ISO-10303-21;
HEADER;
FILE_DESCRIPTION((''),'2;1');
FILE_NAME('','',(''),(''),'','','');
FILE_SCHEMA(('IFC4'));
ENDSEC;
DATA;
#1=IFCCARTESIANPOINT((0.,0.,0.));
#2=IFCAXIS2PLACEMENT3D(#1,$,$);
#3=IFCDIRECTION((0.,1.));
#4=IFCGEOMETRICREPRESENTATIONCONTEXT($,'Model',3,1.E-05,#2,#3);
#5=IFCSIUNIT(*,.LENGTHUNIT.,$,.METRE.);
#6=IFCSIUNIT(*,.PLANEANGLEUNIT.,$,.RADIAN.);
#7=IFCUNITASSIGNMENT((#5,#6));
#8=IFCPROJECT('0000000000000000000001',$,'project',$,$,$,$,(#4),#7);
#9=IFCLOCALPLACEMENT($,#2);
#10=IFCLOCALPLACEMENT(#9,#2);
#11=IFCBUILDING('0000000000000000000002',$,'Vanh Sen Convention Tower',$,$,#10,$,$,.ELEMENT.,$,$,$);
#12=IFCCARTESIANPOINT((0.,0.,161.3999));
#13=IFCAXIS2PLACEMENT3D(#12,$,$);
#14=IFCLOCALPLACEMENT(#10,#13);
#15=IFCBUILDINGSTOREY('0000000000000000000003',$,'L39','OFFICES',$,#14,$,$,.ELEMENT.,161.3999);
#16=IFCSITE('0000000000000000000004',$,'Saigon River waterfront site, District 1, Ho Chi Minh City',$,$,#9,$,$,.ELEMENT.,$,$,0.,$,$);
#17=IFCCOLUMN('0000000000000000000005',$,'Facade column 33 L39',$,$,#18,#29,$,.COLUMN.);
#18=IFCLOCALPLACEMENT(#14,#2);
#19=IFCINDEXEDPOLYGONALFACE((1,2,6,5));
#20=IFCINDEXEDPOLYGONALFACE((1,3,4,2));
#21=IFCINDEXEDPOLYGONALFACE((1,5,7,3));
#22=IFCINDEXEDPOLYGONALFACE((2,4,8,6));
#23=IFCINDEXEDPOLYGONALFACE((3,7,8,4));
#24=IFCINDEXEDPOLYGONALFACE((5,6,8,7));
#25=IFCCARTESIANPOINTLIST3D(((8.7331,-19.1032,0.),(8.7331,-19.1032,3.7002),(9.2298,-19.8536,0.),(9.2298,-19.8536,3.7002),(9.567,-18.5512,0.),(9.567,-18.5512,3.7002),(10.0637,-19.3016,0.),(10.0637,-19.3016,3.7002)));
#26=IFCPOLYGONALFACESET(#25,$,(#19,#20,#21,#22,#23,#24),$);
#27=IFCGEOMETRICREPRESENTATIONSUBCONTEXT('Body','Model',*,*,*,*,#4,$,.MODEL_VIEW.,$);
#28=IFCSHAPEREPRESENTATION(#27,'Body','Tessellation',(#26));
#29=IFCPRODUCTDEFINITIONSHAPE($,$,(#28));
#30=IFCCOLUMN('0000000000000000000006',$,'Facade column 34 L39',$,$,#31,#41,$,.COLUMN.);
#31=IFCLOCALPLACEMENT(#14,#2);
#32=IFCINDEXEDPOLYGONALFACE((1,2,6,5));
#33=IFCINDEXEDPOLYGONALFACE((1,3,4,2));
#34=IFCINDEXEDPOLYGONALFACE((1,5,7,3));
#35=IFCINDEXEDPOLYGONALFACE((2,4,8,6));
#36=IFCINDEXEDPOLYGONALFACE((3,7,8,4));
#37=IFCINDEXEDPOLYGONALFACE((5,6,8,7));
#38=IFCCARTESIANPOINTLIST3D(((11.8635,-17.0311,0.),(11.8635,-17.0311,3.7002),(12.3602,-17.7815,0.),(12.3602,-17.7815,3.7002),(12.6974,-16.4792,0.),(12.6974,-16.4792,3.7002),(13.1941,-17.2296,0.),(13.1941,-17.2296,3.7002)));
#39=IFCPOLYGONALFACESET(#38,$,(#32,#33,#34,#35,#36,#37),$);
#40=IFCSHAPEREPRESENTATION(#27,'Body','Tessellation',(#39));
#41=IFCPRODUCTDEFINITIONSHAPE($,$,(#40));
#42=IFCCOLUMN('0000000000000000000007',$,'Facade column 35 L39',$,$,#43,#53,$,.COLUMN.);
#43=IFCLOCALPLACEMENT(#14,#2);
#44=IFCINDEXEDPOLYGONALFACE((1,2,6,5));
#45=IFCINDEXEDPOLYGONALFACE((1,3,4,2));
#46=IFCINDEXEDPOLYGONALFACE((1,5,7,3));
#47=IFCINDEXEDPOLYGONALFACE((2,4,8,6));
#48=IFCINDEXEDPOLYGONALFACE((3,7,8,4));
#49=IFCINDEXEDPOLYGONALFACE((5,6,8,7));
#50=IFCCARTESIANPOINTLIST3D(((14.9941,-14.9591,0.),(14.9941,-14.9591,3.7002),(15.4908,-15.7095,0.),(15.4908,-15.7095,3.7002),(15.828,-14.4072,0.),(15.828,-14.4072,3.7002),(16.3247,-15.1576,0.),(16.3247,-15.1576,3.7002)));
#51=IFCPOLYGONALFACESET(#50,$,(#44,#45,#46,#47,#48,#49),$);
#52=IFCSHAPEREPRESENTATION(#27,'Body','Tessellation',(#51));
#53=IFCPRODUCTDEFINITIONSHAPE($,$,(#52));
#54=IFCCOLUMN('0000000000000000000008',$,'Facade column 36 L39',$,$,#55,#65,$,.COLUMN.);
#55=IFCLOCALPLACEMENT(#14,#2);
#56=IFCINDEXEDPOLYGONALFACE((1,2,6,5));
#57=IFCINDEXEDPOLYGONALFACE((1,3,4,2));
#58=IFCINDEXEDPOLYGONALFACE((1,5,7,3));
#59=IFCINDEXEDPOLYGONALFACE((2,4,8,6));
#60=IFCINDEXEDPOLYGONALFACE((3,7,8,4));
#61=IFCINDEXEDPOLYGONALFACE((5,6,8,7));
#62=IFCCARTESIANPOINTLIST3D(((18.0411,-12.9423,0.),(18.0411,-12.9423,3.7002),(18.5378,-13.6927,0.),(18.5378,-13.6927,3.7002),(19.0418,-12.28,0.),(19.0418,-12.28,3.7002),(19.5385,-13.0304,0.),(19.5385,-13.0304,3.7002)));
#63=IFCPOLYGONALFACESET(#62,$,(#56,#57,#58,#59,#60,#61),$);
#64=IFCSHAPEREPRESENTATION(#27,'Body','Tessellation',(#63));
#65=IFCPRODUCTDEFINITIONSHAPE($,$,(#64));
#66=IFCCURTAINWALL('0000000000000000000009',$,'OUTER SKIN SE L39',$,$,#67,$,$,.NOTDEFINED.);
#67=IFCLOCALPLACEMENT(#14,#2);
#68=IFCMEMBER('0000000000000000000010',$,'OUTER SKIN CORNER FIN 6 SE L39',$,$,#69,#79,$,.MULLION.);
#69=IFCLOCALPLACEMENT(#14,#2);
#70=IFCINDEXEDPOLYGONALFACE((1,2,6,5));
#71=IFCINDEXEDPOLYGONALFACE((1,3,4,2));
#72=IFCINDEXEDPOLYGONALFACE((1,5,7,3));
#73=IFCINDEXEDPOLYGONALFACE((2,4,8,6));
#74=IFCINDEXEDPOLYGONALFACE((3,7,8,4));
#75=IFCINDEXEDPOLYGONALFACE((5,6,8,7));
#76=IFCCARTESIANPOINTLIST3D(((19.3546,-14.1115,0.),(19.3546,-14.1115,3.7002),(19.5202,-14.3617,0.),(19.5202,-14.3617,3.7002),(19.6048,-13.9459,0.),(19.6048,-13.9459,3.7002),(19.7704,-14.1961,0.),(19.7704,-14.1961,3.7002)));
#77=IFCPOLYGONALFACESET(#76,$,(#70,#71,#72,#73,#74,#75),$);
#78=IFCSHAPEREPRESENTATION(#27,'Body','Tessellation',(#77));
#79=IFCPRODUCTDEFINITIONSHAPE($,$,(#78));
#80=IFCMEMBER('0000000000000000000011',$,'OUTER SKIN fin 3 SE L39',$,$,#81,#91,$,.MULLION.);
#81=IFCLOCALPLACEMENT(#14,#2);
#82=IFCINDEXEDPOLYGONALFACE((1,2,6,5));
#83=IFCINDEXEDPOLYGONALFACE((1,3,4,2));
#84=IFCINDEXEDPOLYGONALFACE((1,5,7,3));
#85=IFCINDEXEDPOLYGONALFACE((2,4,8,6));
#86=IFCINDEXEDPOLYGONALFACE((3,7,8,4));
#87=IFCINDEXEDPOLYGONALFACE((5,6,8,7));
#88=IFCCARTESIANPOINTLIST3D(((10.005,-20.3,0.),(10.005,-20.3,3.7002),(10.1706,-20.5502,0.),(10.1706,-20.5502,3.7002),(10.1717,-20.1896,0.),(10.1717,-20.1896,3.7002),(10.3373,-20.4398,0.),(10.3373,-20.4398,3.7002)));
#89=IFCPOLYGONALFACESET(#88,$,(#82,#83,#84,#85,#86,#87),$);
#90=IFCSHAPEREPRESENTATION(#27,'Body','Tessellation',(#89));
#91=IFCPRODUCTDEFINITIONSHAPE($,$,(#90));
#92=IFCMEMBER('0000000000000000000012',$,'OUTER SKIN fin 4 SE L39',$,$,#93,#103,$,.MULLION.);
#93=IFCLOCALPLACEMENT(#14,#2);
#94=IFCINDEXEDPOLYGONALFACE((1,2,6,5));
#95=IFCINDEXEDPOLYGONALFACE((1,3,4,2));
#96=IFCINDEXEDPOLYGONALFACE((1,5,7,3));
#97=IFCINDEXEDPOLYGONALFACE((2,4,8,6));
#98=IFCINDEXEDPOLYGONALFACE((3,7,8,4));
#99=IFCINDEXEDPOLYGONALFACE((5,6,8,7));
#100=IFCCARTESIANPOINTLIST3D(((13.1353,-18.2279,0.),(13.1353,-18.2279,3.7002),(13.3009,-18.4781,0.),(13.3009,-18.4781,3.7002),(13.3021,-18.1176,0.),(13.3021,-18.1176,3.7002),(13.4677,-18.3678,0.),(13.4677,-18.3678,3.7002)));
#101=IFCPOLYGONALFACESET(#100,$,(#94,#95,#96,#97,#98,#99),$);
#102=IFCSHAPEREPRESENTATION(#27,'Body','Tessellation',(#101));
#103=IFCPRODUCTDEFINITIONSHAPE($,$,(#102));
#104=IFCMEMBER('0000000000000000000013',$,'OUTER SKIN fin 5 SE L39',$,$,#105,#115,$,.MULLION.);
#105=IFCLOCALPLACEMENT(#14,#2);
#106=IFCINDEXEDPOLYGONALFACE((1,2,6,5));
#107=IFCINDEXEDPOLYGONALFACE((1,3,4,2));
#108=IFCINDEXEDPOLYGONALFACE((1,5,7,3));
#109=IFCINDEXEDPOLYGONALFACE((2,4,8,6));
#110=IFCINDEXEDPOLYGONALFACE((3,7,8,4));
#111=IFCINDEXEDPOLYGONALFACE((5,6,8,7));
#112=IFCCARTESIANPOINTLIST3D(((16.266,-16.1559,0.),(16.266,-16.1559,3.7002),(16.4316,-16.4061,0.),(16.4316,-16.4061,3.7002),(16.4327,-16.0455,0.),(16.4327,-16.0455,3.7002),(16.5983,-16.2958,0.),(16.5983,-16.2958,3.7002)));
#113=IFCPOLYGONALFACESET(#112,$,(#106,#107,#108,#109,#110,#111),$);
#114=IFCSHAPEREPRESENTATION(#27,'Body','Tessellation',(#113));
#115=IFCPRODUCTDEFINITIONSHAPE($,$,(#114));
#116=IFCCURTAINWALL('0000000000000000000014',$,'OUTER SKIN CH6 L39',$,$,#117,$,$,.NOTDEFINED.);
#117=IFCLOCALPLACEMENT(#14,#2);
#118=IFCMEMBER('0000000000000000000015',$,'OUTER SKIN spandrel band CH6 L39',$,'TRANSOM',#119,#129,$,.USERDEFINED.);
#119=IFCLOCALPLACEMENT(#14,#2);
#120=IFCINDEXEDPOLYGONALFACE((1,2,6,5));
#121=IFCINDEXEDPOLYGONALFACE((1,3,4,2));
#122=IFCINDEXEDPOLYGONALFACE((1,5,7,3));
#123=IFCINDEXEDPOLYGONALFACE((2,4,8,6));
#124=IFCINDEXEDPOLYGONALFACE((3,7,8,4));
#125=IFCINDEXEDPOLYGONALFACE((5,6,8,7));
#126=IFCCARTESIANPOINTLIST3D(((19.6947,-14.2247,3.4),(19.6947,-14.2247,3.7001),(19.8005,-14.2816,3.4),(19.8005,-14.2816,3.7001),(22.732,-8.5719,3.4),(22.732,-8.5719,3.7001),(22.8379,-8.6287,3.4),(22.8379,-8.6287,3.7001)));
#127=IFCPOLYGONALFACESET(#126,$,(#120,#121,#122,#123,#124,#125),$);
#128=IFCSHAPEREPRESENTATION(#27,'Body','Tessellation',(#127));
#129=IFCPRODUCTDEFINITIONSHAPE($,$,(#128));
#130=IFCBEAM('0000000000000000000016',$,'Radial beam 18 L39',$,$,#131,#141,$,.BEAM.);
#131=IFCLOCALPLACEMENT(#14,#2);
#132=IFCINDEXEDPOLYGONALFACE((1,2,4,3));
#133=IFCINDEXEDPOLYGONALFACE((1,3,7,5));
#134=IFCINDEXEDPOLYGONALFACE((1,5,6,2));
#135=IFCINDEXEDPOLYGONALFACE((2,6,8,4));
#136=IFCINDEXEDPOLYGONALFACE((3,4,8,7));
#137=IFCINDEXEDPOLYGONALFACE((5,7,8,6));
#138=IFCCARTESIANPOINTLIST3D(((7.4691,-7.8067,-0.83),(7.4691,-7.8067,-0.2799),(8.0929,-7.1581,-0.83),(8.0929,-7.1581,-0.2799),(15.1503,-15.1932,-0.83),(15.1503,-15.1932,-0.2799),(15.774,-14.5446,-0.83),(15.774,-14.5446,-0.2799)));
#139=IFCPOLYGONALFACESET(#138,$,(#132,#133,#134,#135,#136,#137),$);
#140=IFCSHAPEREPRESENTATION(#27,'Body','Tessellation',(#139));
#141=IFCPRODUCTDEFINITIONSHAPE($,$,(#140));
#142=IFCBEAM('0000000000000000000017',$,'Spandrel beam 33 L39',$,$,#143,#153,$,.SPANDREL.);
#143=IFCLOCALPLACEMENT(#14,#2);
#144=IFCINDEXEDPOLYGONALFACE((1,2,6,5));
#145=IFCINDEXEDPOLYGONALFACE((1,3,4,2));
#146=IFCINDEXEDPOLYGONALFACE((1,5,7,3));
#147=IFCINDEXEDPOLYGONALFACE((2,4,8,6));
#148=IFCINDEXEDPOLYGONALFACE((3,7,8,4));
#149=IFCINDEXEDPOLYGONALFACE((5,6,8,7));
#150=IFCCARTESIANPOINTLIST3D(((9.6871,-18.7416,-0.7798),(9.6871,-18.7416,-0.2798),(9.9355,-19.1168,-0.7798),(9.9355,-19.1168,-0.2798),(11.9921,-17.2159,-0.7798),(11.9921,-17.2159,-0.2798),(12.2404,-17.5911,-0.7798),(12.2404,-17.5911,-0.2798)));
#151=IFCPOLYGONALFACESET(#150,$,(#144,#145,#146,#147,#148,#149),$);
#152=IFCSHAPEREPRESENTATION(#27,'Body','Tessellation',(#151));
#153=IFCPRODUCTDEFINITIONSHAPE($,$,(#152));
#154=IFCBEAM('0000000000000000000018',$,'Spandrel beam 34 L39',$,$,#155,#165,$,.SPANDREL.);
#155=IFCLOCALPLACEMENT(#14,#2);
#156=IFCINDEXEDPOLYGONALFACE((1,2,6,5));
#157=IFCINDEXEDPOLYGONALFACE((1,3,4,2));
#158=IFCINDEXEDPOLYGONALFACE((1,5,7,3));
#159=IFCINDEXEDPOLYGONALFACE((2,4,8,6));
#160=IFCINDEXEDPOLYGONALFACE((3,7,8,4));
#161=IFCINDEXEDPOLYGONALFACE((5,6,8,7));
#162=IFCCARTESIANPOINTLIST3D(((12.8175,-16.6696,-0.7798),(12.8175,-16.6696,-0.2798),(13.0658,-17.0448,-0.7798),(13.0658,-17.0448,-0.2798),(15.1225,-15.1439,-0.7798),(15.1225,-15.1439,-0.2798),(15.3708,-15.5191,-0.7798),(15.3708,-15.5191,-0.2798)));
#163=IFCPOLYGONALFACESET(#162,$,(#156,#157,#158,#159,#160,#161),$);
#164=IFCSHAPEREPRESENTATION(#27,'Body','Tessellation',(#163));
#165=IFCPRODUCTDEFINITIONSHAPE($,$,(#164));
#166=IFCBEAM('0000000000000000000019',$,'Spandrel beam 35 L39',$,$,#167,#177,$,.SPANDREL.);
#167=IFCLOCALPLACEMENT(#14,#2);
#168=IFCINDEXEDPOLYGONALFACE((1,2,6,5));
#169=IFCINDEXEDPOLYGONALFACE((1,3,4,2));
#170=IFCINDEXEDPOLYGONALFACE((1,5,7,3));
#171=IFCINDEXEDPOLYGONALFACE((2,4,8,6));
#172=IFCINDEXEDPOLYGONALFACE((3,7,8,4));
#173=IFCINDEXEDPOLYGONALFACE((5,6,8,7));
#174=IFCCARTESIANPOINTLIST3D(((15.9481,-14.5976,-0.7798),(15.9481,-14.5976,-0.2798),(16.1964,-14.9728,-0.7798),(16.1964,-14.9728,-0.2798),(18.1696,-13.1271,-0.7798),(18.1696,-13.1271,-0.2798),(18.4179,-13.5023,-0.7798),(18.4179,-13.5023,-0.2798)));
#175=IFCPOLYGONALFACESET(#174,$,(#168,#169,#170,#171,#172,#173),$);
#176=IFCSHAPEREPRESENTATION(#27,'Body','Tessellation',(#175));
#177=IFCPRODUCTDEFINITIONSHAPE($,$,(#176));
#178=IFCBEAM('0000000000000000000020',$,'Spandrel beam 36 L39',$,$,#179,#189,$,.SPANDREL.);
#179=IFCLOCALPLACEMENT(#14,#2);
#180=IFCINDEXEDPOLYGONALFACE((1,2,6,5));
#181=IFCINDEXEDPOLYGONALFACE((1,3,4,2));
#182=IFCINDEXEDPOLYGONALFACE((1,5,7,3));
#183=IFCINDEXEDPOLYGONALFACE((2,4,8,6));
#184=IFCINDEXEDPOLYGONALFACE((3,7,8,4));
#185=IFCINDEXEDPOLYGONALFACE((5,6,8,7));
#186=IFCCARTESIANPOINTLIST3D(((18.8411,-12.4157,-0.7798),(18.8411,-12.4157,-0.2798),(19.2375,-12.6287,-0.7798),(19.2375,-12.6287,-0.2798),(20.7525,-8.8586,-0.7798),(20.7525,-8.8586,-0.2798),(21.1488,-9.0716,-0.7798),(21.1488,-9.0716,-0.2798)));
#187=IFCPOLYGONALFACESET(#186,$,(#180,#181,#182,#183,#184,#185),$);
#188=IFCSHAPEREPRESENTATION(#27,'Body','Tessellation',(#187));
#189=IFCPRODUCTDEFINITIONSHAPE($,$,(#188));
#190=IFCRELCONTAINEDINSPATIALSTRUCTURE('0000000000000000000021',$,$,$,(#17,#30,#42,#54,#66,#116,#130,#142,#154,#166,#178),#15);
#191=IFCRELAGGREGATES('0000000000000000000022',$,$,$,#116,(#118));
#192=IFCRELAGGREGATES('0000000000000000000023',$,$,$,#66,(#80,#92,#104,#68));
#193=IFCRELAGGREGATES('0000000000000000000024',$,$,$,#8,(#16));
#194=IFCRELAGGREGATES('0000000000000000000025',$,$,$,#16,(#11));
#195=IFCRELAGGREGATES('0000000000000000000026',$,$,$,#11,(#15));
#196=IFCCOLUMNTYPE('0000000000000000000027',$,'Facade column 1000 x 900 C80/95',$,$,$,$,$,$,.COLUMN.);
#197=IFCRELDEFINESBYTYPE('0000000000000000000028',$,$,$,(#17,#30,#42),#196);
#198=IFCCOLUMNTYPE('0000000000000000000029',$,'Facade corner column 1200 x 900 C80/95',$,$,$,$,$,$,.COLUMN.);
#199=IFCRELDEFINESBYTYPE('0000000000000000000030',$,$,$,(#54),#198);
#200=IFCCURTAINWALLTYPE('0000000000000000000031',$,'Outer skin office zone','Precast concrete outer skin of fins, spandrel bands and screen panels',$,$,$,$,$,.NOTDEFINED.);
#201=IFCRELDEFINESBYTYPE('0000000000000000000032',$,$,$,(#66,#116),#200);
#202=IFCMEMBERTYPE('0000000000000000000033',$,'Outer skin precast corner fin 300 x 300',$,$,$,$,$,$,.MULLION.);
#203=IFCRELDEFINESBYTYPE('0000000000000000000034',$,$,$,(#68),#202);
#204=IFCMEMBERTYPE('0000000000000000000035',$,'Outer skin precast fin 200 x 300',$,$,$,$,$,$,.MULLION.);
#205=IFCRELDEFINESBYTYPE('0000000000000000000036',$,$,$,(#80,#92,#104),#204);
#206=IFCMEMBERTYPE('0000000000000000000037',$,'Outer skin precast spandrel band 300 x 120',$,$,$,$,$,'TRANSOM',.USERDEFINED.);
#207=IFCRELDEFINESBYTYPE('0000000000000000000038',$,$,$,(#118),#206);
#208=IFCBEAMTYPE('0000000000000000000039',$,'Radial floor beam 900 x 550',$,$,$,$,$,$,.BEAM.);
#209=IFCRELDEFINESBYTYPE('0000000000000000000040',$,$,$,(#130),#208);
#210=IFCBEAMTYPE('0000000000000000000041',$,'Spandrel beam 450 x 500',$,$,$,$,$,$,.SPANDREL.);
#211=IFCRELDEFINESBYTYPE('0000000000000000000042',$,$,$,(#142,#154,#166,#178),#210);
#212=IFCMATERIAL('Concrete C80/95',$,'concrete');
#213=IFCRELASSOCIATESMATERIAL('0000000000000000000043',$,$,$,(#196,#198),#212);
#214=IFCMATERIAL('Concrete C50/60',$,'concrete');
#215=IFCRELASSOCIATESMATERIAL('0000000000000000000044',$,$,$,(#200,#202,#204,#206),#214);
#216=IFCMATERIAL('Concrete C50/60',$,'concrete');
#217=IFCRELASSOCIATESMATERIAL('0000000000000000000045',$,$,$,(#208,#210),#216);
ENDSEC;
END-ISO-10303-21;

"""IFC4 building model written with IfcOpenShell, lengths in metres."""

from ifc_helpers import new_model, si_unit, direction, frame, origin, origin_2d, place, context, subcontext, project, spatial, rectangle, extrude, material, material_profile, profile_set, type_object, element, aggregate, save


model = new_model("IFC4")

# Units and contexts
model_context = context("Model", 3, precision=1e-05, world=origin(), true_north=direction((0.0, 1.0)))
body_context = subcontext(model_context, "Body", "Model", "MODEL_VIEW")
ifc_project = project(units=[si_unit("LENGTHUNIT", "METRE"), si_unit("PLANEANGLEUNIT", "RADIAN")], contexts=[model_context])

# Site, building, storey
site_placement = place(None, origin())
site = spatial("IfcSite", under=ifc_project, at=site_placement, Name="Saigon River waterfront site, District 1, Ho Chi Minh City", CompositionType="ELEMENT", RefElevation=0.0)
building_placement = place(site_placement, origin())
building = spatial("IfcBuilding", under=site, at=building_placement, Name="Vanh Sen Convention Tower", CompositionType="ELEMENT")
storey_placement = place(building_placement, frame((0.0, 0.0, 161.3999)))
storey = spatial("IfcBuildingStorey", under=building, at=storey_placement, Name="L39", Description="OFFICES", CompositionType="ELEMENT", Elevation=161.3999)

# Columns
ifc_material_1 = material(Name="Concrete C80/95", Category="concrete")
ifc_material_profile_1 = material_profile(ifc_material_1, rectangle(XDim=1.0, YDim=0.8999, at=origin_2d()), Name="RC 1000X900")
ifc_profile_set_1 = profile_set([ifc_material_profile_1], Name="Concrete C80/95")
column_type_1 = type_object("IfcColumnType", Name="Facade column 1000 x 900 C80/95", PredefinedType="COLUMN", material=ifc_profile_set_1)
for number, where, z_axis, x_axis, name in (
    (1, (9.3984, -19.2024, 0.0), (0.0, 0.0, 1.0), (0.833886, 0.551937, 0.0), "Facade column 33 L39"),
    (2, (12.5288, -17.1304, 0.0), (0.0, 0.0, 1.0), (0.833886, 0.551937, 0.0), "Facade column 34 L39"),
    (3, (15.6594, -15.0583, 0.0), (0.0, 0.0, 1.0), (0.833886, 0.551937, 0.0), "Facade column 35 L39"),
):
    element("IfcColumn", number, at=place(storey_placement, frame(where, z_axis=z_axis, x_axis=x_axis)), inside=storey, type_object=column_type_1, Name=name, PredefinedType="COLUMN", context=body_context, shape_type="SweptSolid", body=[
        extrude(rectangle(XDim=1.0, YDim=0.8999, at=origin_2d()), origin(), (0.0, 0.0, 1.0), 3.7002),
    ])
ifc_material_profile_2 = material_profile(ifc_material_1, rectangle(XDim=1.2, YDim=0.8999, at=origin_2d()), Name="RC 1200X900")
ifc_profile_set_2 = profile_set([ifc_material_profile_2], Name="Concrete C80/95")
column_type_2 = type_object("IfcColumnType", Name="Facade corner column 1200 x 900 C80/95", PredefinedType="COLUMN", material=ifc_profile_set_2)
column_placement = place(storey_placement, frame((18.7898, -12.9863, 0.0), z_axis=(0.0, 0.0, 1.0), x_axis=(0.833886, 0.551937, 0.0)))
element("IfcColumn", 4, at=column_placement, inside=storey, type_object=column_type_2, Name="Facade column 36 L39", PredefinedType="COLUMN", context=body_context, shape_type="SweptSolid", body=[
    extrude(rectangle(XDim=1.2, YDim=0.8999, at=origin_2d()), origin(), (0.0, 0.0, 1.0), 3.7002),
])

# Curtain wall, members
ifc_material_2 = material(Name="Concrete C50/60", Category="concrete")
curtain_wall_type = type_object("IfcCurtainWallType", Name="Outer skin office zone", Description="Precast concrete outer skin of fins, spandrel bands and screen panels", PredefinedType="NOTDEFINED", material=ifc_material_2)
curtain_wall_1_placement = place(storey_placement, origin())
curtain_wall_1 = element("IfcCurtainWall", 5, at=curtain_wall_1_placement, inside=storey, type_object=curtain_wall_type, Name="OUTER SKIN SE L39", PredefinedType="NOTDEFINED")
ifc_material_profile_3 = material_profile(ifc_material_2, rectangle(XDim=0.3, YDim=0.3, at=origin_2d()), Name="Outer skin precast corner fin 300 x 300")
ifc_profile_set_3 = profile_set([ifc_material_profile_3], Name="Concrete C50/60")
member_type_1 = type_object("IfcMemberType", Name="Outer skin precast corner fin 300 x 300", PredefinedType="MULLION", material=ifc_profile_set_3)
member_1_placement = place(storey_placement, frame((19.5625, -14.1538, 0.0), z_axis=(0.0, 0.0, 1.0), x_axis=(0.833886, 0.551937, 0.0)))
member_1 = element("IfcMember", 6, at=member_1_placement, type_object=member_type_1, Name="OUTER SKIN CORNER FIN 6 SE L39", PredefinedType="MULLION", context=body_context, shape_type="SweptSolid", body=[
    extrude(rectangle(XDim=0.3, YDim=0.3, at=origin_2d()), origin(), (0.0, 0.0, 1.0), 3.7002),
])
ifc_material_profile_4 = material_profile(ifc_material_2, rectangle(XDim=0.2, YDim=0.3, at=origin_2d()), Name="Outer skin precast fin 200 x 300")
ifc_profile_set_4 = profile_set([ifc_material_profile_4], Name="Concrete C50/60")
member_type_2 = type_object("IfcMemberType", Name="Outer skin precast fin 200 x 300", PredefinedType="MULLION", material=ifc_profile_set_4)
member_2_placement = place(storey_placement, frame((10.1711, -20.3699, 0.0), z_axis=(0.0, 0.0, 1.0), x_axis=(0.833886, 0.551937, 0.0)))
member_2 = element("IfcMember", 7, at=member_2_placement, type_object=member_type_2, Name="OUTER SKIN fin 3 SE L39", PredefinedType="MULLION", context=body_context, shape_type="SweptSolid", body=[
    extrude(rectangle(XDim=0.2, YDim=0.3, at=origin_2d()), origin(), (0.0, 0.0, 1.0), 3.7002),
])
member_3_placement = place(storey_placement, frame((13.3015, -18.2979, 0.0), z_axis=(0.0, 0.0, 1.0), x_axis=(0.833886, 0.551937, 0.0)))
member_3 = element("IfcMember", 8, at=member_3_placement, type_object=member_type_2, Name="OUTER SKIN fin 4 SE L39", PredefinedType="MULLION", context=body_context, shape_type="SweptSolid", body=[
    extrude(rectangle(XDim=0.2, YDim=0.3, at=origin_2d()), origin(), (0.0, 0.0, 1.0), 3.7002),
])
member_4_placement = place(storey_placement, frame((16.4321, -16.2258, 0.0), z_axis=(0.0, 0.0, 1.0), x_axis=(0.833886, 0.551937, 0.0)))
member_4 = element("IfcMember", 9, at=member_4_placement, type_object=member_type_2, Name="OUTER SKIN fin 5 SE L39", PredefinedType="MULLION", context=body_context, shape_type="SweptSolid", body=[
    extrude(rectangle(XDim=0.2, YDim=0.3, at=origin_2d()), origin(), (0.0, 0.0, 1.0), 3.7002),
])

# Curtain wall, member
curtain_wall_2_placement = place(storey_placement, origin())
curtain_wall_2 = element("IfcCurtainWall", 10, at=curtain_wall_2_placement, inside=storey, type_object=curtain_wall_type, Name="OUTER SKIN CH6 L39", PredefinedType="NOTDEFINED")
ifc_material_profile_5 = material_profile(ifc_material_2, rectangle(XDim=0.1201, YDim=0.3, at=origin_2d()), Name="Outer skin precast spandrel band 300 x 120")
ifc_profile_set_5 = profile_set([ifc_material_profile_5], Name="Concrete C50/60")
member_type_3 = type_object("IfcMemberType", Name="Outer skin precast spandrel band 300 x 120", ElementType="TRANSOM", PredefinedType="USERDEFINED", material=ifc_profile_set_5)
member_5_placement = place(storey_placement, frame((19.7476, -14.2532, 3.55), z_axis=(0.473317, 0.880892, 0.0), x_axis=(-0.880892, 0.473317, 0.0)))
member_5 = element("IfcMember", 11, at=member_5_placement, type_object=member_type_3, Name="OUTER SKIN spandrel band CH6 L39", ObjectType="TRANSOM", PredefinedType="USERDEFINED", context=body_context, shape_type="SweptSolid", body=[
    extrude(rectangle(XDim=0.1201, YDim=0.3, at=origin_2d()), origin(), (0.0, 0.0, 1.0), 6.4172),
])
aggregate(curtain_wall_2, [member_5])

# Beams
ifc_material_3 = material(Name="Concrete C50/60", Category="concrete")
ifc_material_profile_6 = material_profile(ifc_material_3, rectangle(XDim=0.8999, YDim=0.55, at=origin_2d()), Name="RC 900X550")
ifc_profile_set_6 = profile_set([ifc_material_profile_6], Name="Concrete C50/60")
beam_type_1 = type_object("IfcBeamType", Name="Radial floor beam 900 x 550", PredefinedType="BEAM", material=ifc_profile_set_6)
beam_1_placement = place(storey_placement, frame((15.4622, -14.8689, -0.5549), z_axis=(-0.720798, 0.693145, 0.0), x_axis=(-0.693145, -0.720798, 0.0)))
element("IfcBeam", 12, at=beam_1_placement, inside=storey, type_object=beam_type_1, Name="Radial beam 18 L39", PredefinedType="BEAM", context=body_context, shape_type="SweptSolid", body=[
    extrude(rectangle(XDim=0.8999, YDim=0.55, at=origin_2d()), origin(), (0.0, 0.0, 1.0), 10.6565),
])
ifc_material_profile_7 = material_profile(ifc_material_3, rectangle(XDim=0.45, YDim=0.5, at=origin_2d()), Name="RC 450X500")
ifc_profile_set_7 = profile_set([ifc_material_profile_7], Name="Concrete C50/60")
beam_type_2 = type_object("IfcBeamType", Name="Spandrel beam 450 x 500", PredefinedType="SPANDREL", material=ifc_profile_set_7)
for number, where, z_axis, x_axis, name in (
    (13, (9.8113, -18.9292, -0.5298), (0.83388, 0.551945, 0.0), (-0.551945, 0.83388, 0.0), "Spandrel beam 33 L39"),
    (14, (12.9417, -16.8572, -0.5298), (0.83388, 0.551945, 0.0), (-0.551945, 0.83388, 0.0), "Spandrel beam 34 L39"),
):
    element("IfcBeam", number, at=place(storey_placement, frame(where, z_axis=z_axis, x_axis=x_axis)), inside=storey, type_object=beam_type_2, Name=name, PredefinedType="SPANDREL", context=body_context, shape_type="SweptSolid", body=[
        extrude(rectangle(XDim=0.45, YDim=0.5, at=origin_2d()), origin(), (0.0, 0.0, 1.0), 2.7642),
    ])
beam_2_placement = place(storey_placement, frame((16.0723, -14.7852, -0.5298), z_axis=(0.833865, 0.551969, 0.0), x_axis=(-0.551969, 0.833865, 0.0)))
element("IfcBeam", 15, at=beam_2_placement, inside=storey, type_object=beam_type_2, Name="Spandrel beam 35 L39", PredefinedType="SPANDREL", context=body_context, shape_type="SweptSolid", body=[
    extrude(rectangle(XDim=0.45, YDim=0.5, at=origin_2d()), origin(), (0.0, 0.0, 1.0), 2.6641),
])
beam_3_placement = place(storey_placement, frame((19.0393, -12.5222, -0.5298), z_axis=(0.473332, 0.880884, 0.0), x_axis=(-0.880884, 0.473332, 0.0)))
element("IfcBeam", 16, at=beam_3_placement, inside=storey, type_object=beam_type_2, Name="Spandrel beam 36 L39", PredefinedType="SPANDREL", context=body_context, shape_type="SweptSolid", body=[
    extrude(rectangle(XDim=0.45, YDim=0.5, at=origin_2d()), origin(), (0.0, 0.0, 1.0), 4.0381),
])

aggregate(curtain_wall_1, [member_2, member_3, member_4, member_1])

save(model, "model.ifc")
